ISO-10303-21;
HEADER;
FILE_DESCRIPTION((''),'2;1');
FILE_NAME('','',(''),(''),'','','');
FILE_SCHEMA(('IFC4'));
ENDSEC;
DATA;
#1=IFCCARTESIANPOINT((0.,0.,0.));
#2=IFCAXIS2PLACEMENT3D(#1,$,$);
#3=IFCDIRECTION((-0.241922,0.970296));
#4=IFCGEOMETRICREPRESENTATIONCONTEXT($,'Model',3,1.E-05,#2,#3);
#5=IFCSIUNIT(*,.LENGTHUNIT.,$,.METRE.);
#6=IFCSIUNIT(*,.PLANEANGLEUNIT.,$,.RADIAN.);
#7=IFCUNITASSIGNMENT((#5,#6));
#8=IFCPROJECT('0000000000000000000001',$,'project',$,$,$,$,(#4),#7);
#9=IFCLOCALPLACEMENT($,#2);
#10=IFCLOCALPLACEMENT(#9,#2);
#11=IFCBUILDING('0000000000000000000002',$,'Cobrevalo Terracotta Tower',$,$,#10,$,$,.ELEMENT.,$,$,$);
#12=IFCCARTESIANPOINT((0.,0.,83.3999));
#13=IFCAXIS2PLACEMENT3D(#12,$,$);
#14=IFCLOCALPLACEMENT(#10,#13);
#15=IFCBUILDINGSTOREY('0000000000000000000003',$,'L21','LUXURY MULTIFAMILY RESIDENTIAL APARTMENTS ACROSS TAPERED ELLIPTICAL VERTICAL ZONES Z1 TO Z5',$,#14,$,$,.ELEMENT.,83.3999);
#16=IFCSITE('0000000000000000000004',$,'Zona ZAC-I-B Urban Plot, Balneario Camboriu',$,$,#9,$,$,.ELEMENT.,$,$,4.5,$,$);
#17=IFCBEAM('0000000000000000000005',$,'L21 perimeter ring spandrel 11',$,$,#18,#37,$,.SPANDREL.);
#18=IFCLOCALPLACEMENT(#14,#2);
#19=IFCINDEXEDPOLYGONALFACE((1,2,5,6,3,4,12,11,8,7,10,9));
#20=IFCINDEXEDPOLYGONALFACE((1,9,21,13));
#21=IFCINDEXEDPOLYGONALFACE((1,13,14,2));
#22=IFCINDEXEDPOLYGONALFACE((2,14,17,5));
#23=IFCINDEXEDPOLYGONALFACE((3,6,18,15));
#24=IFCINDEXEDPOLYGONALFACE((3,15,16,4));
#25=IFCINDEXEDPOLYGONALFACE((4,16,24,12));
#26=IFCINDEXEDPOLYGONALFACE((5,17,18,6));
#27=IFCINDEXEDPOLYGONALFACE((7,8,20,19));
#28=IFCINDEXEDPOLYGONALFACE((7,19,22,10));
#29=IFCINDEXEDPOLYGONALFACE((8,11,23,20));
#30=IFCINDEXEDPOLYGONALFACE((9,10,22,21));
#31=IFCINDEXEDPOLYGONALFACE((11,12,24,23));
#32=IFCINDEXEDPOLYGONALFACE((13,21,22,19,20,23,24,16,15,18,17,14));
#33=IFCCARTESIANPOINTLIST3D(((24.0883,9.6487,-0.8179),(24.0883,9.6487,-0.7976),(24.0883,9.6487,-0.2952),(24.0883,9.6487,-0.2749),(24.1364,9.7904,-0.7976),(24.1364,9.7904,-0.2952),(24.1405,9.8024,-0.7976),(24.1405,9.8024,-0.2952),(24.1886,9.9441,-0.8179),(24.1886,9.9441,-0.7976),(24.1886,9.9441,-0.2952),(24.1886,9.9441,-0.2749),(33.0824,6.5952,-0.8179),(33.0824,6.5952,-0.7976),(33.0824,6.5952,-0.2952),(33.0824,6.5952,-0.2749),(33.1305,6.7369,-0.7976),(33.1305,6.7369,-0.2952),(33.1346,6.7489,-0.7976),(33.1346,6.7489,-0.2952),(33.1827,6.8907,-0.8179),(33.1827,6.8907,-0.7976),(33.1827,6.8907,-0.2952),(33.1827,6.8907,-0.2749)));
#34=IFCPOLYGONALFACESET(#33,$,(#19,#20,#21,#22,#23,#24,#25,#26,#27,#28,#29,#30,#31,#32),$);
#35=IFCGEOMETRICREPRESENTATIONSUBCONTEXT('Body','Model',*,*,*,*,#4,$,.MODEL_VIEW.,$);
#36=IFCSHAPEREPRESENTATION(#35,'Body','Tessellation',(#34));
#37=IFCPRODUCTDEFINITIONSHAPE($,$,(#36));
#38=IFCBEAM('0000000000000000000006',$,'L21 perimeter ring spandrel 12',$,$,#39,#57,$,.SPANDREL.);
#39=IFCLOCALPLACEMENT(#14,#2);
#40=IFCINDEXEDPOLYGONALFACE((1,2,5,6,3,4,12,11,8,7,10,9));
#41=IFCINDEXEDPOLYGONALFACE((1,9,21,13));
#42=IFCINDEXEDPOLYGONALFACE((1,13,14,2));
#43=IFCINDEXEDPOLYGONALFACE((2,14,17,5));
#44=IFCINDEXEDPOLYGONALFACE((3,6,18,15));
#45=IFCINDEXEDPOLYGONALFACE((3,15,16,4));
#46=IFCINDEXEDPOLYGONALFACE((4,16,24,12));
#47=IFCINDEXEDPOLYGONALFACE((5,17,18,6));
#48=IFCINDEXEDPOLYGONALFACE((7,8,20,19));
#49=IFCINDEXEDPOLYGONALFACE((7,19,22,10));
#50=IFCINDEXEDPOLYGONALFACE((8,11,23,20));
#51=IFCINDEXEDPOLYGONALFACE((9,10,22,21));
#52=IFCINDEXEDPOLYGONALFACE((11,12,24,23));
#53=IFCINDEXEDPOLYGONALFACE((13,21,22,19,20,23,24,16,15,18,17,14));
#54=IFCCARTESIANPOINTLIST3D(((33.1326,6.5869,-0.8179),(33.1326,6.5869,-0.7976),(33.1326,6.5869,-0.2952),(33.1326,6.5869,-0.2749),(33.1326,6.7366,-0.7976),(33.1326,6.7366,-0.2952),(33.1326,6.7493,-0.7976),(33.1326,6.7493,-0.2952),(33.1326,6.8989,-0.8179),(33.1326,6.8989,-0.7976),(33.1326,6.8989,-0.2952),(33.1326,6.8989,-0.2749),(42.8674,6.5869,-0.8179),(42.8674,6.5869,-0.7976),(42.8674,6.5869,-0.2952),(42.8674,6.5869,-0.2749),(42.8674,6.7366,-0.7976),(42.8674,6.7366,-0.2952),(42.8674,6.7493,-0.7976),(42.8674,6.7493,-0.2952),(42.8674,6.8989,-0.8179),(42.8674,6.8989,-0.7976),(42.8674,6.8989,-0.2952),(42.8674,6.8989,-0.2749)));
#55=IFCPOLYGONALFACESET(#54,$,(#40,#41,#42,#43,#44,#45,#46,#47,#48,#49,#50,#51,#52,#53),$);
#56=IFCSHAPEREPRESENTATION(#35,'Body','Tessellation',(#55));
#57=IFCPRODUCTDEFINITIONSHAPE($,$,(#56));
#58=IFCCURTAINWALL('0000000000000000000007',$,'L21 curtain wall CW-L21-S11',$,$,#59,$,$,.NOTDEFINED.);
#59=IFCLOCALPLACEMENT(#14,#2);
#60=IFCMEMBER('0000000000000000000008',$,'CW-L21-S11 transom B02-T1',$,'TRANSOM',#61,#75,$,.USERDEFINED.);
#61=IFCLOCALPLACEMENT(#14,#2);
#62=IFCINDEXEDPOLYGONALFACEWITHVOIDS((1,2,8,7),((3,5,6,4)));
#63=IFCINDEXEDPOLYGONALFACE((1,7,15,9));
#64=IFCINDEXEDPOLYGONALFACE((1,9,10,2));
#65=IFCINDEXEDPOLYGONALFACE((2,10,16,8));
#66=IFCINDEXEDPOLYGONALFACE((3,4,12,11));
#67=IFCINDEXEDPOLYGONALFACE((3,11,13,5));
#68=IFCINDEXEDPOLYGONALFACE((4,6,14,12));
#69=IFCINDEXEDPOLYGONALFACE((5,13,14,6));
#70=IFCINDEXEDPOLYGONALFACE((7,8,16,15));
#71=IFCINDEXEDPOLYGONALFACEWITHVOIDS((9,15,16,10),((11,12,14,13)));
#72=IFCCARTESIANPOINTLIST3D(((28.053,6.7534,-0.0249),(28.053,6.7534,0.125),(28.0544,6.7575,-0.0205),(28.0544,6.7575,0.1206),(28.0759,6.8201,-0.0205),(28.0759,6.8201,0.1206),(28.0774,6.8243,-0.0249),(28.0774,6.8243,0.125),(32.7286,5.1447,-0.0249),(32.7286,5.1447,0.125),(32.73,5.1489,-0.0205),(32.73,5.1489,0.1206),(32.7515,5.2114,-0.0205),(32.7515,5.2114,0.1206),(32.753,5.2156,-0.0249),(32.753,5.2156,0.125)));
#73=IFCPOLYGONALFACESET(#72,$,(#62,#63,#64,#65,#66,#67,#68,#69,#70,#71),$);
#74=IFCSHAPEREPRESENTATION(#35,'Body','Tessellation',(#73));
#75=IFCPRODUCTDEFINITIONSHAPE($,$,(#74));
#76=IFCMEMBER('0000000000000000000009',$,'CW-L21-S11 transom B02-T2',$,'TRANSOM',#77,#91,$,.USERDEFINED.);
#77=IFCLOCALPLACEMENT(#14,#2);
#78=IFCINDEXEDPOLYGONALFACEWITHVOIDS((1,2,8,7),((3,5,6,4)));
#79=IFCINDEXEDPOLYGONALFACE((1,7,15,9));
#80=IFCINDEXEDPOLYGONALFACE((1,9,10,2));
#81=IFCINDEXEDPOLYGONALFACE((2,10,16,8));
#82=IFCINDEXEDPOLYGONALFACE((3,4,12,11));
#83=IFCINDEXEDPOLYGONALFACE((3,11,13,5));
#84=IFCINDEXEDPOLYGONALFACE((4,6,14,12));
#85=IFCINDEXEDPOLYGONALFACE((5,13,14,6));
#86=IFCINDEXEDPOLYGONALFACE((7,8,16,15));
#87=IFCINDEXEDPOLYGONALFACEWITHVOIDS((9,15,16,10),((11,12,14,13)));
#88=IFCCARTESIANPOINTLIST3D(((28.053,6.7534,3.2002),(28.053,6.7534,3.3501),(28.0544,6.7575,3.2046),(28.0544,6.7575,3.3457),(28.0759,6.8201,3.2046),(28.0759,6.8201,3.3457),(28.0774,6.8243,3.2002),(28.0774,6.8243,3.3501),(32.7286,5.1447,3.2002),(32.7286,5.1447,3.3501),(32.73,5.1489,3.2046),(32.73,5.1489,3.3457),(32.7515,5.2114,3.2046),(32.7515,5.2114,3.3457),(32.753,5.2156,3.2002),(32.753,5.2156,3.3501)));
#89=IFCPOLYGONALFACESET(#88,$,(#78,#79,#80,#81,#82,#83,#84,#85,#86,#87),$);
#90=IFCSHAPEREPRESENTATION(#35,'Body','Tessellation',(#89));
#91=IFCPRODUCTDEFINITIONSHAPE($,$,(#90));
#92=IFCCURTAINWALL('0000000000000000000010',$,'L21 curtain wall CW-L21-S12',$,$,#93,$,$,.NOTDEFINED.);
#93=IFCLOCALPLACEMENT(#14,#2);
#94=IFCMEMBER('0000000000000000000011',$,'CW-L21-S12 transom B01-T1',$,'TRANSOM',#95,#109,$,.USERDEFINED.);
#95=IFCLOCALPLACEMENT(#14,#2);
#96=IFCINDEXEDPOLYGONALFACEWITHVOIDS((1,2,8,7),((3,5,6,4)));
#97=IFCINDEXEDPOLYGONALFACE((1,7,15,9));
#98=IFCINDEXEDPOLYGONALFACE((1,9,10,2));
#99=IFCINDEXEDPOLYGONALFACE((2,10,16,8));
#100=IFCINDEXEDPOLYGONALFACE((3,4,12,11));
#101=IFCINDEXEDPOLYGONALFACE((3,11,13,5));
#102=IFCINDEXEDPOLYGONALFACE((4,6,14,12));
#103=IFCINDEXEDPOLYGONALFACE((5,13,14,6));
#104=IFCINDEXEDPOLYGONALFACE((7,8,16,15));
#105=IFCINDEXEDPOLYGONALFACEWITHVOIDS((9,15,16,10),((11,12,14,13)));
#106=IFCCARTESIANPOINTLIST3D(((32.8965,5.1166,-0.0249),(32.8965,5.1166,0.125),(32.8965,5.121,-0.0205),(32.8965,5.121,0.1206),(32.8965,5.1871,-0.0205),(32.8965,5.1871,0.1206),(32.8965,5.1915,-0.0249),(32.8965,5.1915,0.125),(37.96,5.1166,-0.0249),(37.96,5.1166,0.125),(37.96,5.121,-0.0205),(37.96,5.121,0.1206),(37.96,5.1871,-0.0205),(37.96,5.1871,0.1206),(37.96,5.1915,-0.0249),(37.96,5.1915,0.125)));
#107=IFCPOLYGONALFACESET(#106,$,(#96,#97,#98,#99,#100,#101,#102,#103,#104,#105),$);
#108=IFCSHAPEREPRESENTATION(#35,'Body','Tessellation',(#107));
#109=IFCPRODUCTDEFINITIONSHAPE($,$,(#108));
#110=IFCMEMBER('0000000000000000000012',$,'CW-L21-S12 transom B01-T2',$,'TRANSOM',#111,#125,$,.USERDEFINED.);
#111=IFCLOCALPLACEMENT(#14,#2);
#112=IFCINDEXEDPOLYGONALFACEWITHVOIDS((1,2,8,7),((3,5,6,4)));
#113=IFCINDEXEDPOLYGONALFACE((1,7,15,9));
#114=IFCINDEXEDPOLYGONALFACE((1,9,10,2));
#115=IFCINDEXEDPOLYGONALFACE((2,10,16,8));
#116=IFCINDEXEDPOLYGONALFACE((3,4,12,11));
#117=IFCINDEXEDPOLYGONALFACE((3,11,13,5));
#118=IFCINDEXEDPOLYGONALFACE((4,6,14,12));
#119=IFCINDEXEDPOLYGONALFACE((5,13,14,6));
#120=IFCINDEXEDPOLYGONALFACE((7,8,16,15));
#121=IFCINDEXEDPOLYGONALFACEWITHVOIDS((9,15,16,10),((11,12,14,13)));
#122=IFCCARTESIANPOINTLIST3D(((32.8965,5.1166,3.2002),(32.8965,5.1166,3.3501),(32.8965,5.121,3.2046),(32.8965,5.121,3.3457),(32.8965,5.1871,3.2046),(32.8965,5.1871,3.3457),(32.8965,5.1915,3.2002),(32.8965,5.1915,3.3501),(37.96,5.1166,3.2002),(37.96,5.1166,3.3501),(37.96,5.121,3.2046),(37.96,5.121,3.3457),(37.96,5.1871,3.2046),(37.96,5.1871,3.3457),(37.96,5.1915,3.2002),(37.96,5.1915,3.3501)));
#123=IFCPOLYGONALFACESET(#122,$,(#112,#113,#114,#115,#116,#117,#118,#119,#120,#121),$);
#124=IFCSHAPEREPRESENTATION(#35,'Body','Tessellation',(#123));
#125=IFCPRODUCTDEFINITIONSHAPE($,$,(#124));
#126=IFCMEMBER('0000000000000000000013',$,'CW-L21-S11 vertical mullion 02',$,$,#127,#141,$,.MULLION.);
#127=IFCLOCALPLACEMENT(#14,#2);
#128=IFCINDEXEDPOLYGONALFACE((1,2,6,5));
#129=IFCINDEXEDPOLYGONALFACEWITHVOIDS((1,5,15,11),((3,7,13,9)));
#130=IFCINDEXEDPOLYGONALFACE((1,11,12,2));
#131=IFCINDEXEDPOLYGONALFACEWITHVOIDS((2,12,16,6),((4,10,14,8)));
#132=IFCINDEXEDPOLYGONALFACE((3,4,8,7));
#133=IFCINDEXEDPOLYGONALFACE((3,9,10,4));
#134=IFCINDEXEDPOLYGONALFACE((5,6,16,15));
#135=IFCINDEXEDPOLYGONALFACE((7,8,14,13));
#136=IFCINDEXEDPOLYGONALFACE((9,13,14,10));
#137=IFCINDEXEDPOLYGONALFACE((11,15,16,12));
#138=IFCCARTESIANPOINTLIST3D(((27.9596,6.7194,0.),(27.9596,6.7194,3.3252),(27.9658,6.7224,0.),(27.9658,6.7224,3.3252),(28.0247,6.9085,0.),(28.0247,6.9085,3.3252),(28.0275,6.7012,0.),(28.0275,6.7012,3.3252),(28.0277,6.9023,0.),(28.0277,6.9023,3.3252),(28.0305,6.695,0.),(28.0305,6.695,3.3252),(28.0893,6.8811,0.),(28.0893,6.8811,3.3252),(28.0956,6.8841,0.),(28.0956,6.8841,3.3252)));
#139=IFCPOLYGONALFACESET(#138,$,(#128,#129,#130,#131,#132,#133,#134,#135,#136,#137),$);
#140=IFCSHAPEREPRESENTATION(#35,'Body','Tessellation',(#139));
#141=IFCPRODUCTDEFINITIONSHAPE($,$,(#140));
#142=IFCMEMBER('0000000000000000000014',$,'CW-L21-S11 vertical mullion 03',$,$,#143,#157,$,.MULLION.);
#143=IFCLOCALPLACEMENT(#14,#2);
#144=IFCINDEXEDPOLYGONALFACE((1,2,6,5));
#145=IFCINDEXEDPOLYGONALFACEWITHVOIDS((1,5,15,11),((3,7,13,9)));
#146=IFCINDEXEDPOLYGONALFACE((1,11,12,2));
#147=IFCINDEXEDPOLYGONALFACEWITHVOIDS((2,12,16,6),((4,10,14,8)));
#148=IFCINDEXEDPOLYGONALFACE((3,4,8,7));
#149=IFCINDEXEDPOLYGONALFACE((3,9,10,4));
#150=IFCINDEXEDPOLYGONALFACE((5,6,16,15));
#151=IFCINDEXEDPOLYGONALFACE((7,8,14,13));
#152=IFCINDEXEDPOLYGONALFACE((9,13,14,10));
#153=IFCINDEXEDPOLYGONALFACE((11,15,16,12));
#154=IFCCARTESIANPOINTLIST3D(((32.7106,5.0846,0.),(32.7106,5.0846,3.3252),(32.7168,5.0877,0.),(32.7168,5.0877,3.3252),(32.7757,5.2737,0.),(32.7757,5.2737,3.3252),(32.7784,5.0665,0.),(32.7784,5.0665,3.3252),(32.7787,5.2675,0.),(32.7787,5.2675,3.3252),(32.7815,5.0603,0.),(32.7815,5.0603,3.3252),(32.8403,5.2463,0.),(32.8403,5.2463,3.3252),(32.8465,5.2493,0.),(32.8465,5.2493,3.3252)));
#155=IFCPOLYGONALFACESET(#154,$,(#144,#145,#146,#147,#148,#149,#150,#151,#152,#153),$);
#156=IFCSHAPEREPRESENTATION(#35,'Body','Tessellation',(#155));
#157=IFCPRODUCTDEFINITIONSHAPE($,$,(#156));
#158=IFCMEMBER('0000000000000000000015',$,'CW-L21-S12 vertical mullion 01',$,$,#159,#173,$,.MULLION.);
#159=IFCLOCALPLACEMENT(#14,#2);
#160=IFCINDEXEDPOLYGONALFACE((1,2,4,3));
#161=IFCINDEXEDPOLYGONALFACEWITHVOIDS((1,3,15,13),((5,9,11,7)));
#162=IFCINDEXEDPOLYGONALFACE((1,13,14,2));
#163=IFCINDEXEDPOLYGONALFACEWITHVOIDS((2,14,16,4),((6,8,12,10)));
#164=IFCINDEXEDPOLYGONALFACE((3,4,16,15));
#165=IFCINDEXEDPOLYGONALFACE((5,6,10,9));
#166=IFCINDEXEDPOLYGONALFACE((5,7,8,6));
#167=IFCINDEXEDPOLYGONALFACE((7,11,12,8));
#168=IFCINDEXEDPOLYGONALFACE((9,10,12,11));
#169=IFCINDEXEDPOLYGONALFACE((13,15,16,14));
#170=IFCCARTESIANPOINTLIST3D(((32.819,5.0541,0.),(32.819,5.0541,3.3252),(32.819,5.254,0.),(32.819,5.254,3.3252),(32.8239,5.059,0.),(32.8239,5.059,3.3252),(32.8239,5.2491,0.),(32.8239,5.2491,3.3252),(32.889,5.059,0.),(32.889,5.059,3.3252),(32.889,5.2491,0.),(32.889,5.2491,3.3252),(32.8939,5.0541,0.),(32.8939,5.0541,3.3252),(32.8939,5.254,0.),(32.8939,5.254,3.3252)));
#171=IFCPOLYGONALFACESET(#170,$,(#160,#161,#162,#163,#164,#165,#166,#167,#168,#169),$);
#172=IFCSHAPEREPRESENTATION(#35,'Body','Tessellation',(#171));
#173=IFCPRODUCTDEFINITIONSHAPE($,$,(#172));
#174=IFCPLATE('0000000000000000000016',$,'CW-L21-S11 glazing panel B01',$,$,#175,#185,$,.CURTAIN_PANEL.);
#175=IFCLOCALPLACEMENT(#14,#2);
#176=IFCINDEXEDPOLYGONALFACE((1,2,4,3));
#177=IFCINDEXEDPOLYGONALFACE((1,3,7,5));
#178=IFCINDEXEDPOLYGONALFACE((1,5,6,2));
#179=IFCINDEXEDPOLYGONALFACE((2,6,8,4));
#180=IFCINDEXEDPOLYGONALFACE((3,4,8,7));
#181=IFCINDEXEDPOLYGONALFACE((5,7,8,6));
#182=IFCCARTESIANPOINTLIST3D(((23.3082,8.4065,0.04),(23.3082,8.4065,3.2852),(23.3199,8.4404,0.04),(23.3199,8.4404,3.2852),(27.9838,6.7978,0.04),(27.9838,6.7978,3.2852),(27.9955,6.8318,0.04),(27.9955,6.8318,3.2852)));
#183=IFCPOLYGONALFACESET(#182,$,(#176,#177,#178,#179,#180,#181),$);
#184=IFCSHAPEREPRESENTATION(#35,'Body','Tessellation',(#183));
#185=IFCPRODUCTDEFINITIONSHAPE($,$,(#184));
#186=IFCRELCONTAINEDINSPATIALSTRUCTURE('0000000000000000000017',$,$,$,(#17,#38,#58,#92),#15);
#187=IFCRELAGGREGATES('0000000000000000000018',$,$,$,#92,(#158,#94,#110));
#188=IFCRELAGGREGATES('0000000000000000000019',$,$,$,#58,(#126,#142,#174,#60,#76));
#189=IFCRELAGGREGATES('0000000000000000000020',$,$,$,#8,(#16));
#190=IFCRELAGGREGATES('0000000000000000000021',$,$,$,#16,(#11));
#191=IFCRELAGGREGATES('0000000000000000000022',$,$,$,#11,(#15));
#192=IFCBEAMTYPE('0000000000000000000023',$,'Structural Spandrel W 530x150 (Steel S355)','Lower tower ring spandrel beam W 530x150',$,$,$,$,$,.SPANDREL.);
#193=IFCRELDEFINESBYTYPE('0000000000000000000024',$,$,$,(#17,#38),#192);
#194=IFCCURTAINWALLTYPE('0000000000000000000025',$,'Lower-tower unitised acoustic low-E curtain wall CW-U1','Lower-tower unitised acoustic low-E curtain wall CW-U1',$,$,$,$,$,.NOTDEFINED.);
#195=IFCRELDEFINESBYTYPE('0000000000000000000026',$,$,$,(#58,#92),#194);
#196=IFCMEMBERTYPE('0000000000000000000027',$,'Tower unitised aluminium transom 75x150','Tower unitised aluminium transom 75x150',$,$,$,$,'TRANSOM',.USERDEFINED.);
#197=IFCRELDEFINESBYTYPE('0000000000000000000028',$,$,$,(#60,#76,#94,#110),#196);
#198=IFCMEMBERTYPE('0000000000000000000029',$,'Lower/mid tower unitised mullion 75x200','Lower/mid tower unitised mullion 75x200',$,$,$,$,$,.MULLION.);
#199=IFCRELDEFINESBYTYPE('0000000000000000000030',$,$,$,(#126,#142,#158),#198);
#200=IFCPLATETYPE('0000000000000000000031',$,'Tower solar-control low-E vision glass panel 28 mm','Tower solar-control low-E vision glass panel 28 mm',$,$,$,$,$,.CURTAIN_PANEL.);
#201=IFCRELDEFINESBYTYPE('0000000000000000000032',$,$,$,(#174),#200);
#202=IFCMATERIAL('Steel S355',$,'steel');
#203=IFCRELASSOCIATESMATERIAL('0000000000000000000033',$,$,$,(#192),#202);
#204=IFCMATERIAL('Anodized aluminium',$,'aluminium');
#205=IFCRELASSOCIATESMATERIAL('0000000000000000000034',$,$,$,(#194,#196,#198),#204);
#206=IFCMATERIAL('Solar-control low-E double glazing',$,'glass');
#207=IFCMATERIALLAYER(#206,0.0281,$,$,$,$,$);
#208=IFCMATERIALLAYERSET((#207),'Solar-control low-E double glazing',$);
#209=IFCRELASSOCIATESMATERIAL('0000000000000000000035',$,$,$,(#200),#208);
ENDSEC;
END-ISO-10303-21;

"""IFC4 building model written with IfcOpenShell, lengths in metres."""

from ifc_helpers import new_model, si_unit, direction, frame, origin, origin_2d, place, context, subcontext, project, spatial, rectangle, hollow_rectangle, i_section, extrude, source, transform, mapped, material, layer, layer_set, material_profile, profile_set, type_object, element, aggregate, save


model = new_model("IFC4")

# Units and contexts
model_context = context("Model", 3, precision=1e-05, world=origin(), true_north=direction((-0.241922, 0.970296)))
body_context = subcontext(model_context, "Body", "Model", "MODEL_VIEW")
ifc_project = project(units=[si_unit("LENGTHUNIT", "METRE"), si_unit("PLANEANGLEUNIT", "RADIAN")], contexts=[model_context])

# Site, building, storey
site_placement = place(None, origin())
site = spatial("IfcSite", under=ifc_project, at=site_placement, Name="Zona ZAC-I-B Urban Plot, Balneario Camboriu", CompositionType="ELEMENT", RefElevation=4.5)
building_placement = place(site_placement, origin())
building = spatial("IfcBuilding", under=site, at=building_placement, Name="Cobrevalo Terracotta Tower", CompositionType="ELEMENT")
storey_placement = place(building_placement, frame((0.0, 0.0, 83.3999)))
storey = spatial("IfcBuildingStorey", under=building, at=storey_placement, Name="L21", Description="LUXURY MULTIFAMILY RESIDENTIAL APARTMENTS ACROSS TAPERED ELLIPTICAL VERTICAL ZONES Z1 TO Z5", CompositionType="ELEMENT", Elevation=83.3999)

# Shared definitions
ifc_material_1 = material(Name="Steel S355", Category="steel")

# Beams
ifc_material_profile_1 = material_profile(ifc_material_1, i_section(OverallWidth=0.312, OverallDepth=0.543, WebThickness=0.0127, FlangeThickness=0.0203, at=origin_2d()), Name="W 530x150")
ifc_profile_set_1 = profile_set([ifc_material_profile_1], Name="Steel S355")
beam_type_1 = type_object("IfcBeamType", Name="Structural Spandrel W 530x150 (Steel S355)", Description="Lower tower ring spandrel beam W 530x150", PredefinedType="SPANDREL", material=ifc_profile_set_1)
beam_1_placement = place(storey_placement, frame((24.1384, 9.7964, -0.5464), z_axis=(0.946918, -0.321474, 0.0), x_axis=(0.321474, 0.946918, 0.0)))
element("IfcBeam", 1, at=beam_1_placement, inside=storey, type_object=beam_type_1, Name="L21 perimeter ring spandrel 11", PredefinedType="SPANDREL", context=body_context, shape_type="SweptSolid", body=[
    extrude(i_section(OverallWidth=0.312, OverallDepth=0.543, WebThickness=0.0127, FlangeThickness=0.0203, at=origin_2d()), origin(), (0.0, 0.0, 1.0), 9.4983),
])
beam_2_placement = place(storey_placement, frame((33.1326, 6.7429, -0.5464), z_axis=(1.0, 0.0, 0.0), x_axis=(0.0, 1.0, 0.0)))
element("IfcBeam", 2, at=beam_2_placement, inside=storey, type_object=beam_type_1, Name="L21 perimeter ring spandrel 12", PredefinedType="SPANDREL", context=body_context, shape_type="SweptSolid", body=[
    extrude(i_section(OverallWidth=0.312, OverallDepth=0.543, WebThickness=0.0127, FlangeThickness=0.0203, at=origin_2d()), origin(), (0.0, 0.0, 1.0), 9.7349),
])

# Curtain walls, members
ifc_material_2 = material(Name="Anodized aluminium", Category="aluminium")
curtain_wall_type = type_object("IfcCurtainWallType", Name="Lower-tower unitised acoustic low-E curtain wall CW-U1", Description="Lower-tower unitised acoustic low-E curtain wall CW-U1", PredefinedType="NOTDEFINED", material=ifc_material_2)
curtain_wall_1_placement = place(storey_placement, origin())
curtain_wall_1 = element("IfcCurtainWall", 3, at=curtain_wall_1_placement, inside=storey, type_object=curtain_wall_type, Name="L21 curtain wall CW-L21-S11", PredefinedType="NOTDEFINED")
ifc_material_profile_2 = material_profile(ifc_material_2, hollow_rectangle(XDim=0.075, YDim=0.1499, WallThickness=0.0044, at=origin_2d()), Name="CWT 75x150")
ifc_profile_set_2 = profile_set([ifc_material_profile_2], Name="Anodized aluminium")
member_type_1 = type_object("IfcMemberType", Name="Tower unitised aluminium transom 75x150", Description="Tower unitised aluminium transom 75x150", ElementType="TRANSOM", PredefinedType="USERDEFINED", material=ifc_profile_set_2)
shared_shape_1 = source(origin(), body_context, "Body", "SweptSolid", [
    extrude(hollow_rectangle(XDim=0.075, YDim=0.1499, WallThickness=0.0044, at=origin_2d()), origin(), (0.0, 0.0, 1.0), 4.9446),
])
member_1_placement = place(storey_placement, frame((28.0652, 6.7888, 0.05), z_axis=(0.945598, -0.325338, 0.0), x_axis=(0.325338, 0.945598, 0.0)))
member_1 = element("IfcMember", 4, at=member_1_placement, type_object=member_type_1, Name="CW-L21-S11 transom B02-T1", ObjectType="TRANSOM", PredefinedType="USERDEFINED", context=body_context, shape_type="MappedRepresentation", body=[
    mapped(shared_shape_1, transform((0.0, 0.0, 0.0), scale=1.0)),
])
member_2_placement = place(storey_placement, frame((28.0652, 6.7888, 3.2751), z_axis=(0.945598, -0.325338, 0.0), x_axis=(0.325338, 0.945598, 0.0)))
member_2 = element("IfcMember", 5, at=member_2_placement, type_object=member_type_1, Name="CW-L21-S11 transom B02-T2", ObjectType="TRANSOM", PredefinedType="USERDEFINED", context=body_context, shape_type="MappedRepresentation", body=[
    mapped(shared_shape_1, transform((0.0, 0.0, 0.0), scale=1.0)),
])
curtain_wall_2_placement = place(storey_placement, origin())
curtain_wall_2 = element("IfcCurtainWall", 6, at=curtain_wall_2_placement, inside=storey, type_object=curtain_wall_type, Name="L21 curtain wall CW-L21-S12", PredefinedType="NOTDEFINED")
shared_shape_2 = source(origin(), body_context, "Body", "SweptSolid", [
    extrude(hollow_rectangle(XDim=0.075, YDim=0.1499, WallThickness=0.0044, at=origin_2d()), origin(), (0.0, 0.0, 1.0), 5.0635),
])
member_3_placement = place(storey_placement, frame((32.8965, 5.1541, 0.05), z_axis=(1.0, 0.0, 0.0), x_axis=(0.0, 1.0, 0.0)))
member_3 = element("IfcMember", 7, at=member_3_placement, type_object=member_type_1, Name="CW-L21-S12 transom B01-T1", ObjectType="TRANSOM", PredefinedType="USERDEFINED", context=body_context, shape_type="MappedRepresentation", body=[
    mapped(shared_shape_2, transform((0.0, 0.0, 0.0), scale=1.0)),
])
member_4_placement = place(storey_placement, frame((32.8965, 5.1541, 3.2751), z_axis=(1.0, 0.0, 0.0), x_axis=(0.0, 1.0, 0.0)))
member_4 = element("IfcMember", 8, at=member_4_placement, type_object=member_type_1, Name="CW-L21-S12 transom B01-T2", ObjectType="TRANSOM", PredefinedType="USERDEFINED", context=body_context, shape_type="MappedRepresentation", body=[
    mapped(shared_shape_2, transform((0.0, 0.0, 0.0), scale=1.0)),
])

# Members
ifc_material_profile_3 = material_profile(ifc_material_2, hollow_rectangle(XDim=0.075, YDim=0.2, WallThickness=0.0049, at=origin_2d()), Name="CWM 75x200")
ifc_profile_set_3 = profile_set([ifc_material_profile_3], Name="Anodized aluminium")
member_type_2 = type_object("IfcMemberType", Name="Lower/mid tower unitised mullion 75x200", Description="Lower/mid tower unitised mullion 75x200", PredefinedType="MULLION", material=ifc_profile_set_3)
shared_shape_3 = source(origin(), body_context, "Body", "SweptSolid", [
    extrude(hollow_rectangle(XDim=0.075, YDim=0.2, WallThickness=0.0049, at=origin_2d()), origin(), (0.0, 0.0, 1.0), 3.3252),
])
member_5_placement = place(storey_placement, frame((28.0276, 6.8018, 0.0), z_axis=(0.0, 0.0, 1.0), x_axis=(0.945598, -0.325337, 0.0)))
member_5 = element("IfcMember", 9, at=member_5_placement, type_object=member_type_2, Name="CW-L21-S11 vertical mullion 02", PredefinedType="MULLION", context=body_context, shape_type="MappedRepresentation", body=[
    mapped(shared_shape_3, transform((0.0, 0.0, 0.0), scale=1.0)),
])
member_6_placement = place(storey_placement, frame((32.7786, 5.167, 0.0), z_axis=(0.0, 0.0, 1.0), x_axis=(0.945598, -0.325337, 0.0)))
member_6 = element("IfcMember", 10, at=member_6_placement, type_object=member_type_2, Name="CW-L21-S11 vertical mullion 03", PredefinedType="MULLION", context=body_context, shape_type="MappedRepresentation", body=[
    mapped(shared_shape_3, transform((0.0, 0.0, 0.0), scale=1.0)),
])
member_7_placement = place(storey_placement, frame((32.8564, 5.1541, 0.0), z_axis=(0.0, 0.0, 1.0), x_axis=(1.0, 0.0, 0.0)))
member_7 = element("IfcMember", 11, at=member_7_placement, type_object=member_type_2, Name="CW-L21-S12 vertical mullion 01", PredefinedType="MULLION", context=body_context, shape_type="MappedRepresentation", body=[
    mapped(shared_shape_3, transform((0.0, 0.0, 0.0), scale=1.0)),
])
aggregate(curtain_wall_2, [member_7, member_3, member_4])

# Plate
ifc_material_3 = material(Name="Solar-control low-E double glazing", Category="glass")
ifc_layer_1 = layer(ifc_material_3, 0.0281)
ifc_layer_set_1 = layer_set([ifc_layer_1], Name="Solar-control low-E double glazing")
plate_type = type_object("IfcPlateType", Name="Tower solar-control low-E vision glass panel 28 mm", Description="Tower solar-control low-E vision glass panel 28 mm", PredefinedType="CURTAIN_PANEL", material=ifc_layer_set_1)
shared_shape_4 = source(origin(), body_context, "Body", "SweptSolid", [
    extrude(rectangle(XDim=4.9446, YDim=0.0359, at=origin_2d()), origin(), (0.0, 0.0, 1.0), 3.2451),
])
plate_1_placement = place(storey_placement, frame((25.6519, 7.6191, 0.04), z_axis=(0.0, 0.0, 1.0), x_axis=(0.945596, -0.325342, 0.0)))
plate_1 = element("IfcPlate", 12, at=plate_1_placement, type_object=plate_type, Name="CW-L21-S11 glazing panel B01", PredefinedType="CURTAIN_PANEL", context=body_context, shape_type="MappedRepresentation", body=[
    mapped(shared_shape_4, transform((0.0, 0.0, 0.0), scale=1.0)),
])
aggregate(curtain_wall_1, [member_5, member_6, plate_1, member_1, member_2])

save(model, "model.ifc")
